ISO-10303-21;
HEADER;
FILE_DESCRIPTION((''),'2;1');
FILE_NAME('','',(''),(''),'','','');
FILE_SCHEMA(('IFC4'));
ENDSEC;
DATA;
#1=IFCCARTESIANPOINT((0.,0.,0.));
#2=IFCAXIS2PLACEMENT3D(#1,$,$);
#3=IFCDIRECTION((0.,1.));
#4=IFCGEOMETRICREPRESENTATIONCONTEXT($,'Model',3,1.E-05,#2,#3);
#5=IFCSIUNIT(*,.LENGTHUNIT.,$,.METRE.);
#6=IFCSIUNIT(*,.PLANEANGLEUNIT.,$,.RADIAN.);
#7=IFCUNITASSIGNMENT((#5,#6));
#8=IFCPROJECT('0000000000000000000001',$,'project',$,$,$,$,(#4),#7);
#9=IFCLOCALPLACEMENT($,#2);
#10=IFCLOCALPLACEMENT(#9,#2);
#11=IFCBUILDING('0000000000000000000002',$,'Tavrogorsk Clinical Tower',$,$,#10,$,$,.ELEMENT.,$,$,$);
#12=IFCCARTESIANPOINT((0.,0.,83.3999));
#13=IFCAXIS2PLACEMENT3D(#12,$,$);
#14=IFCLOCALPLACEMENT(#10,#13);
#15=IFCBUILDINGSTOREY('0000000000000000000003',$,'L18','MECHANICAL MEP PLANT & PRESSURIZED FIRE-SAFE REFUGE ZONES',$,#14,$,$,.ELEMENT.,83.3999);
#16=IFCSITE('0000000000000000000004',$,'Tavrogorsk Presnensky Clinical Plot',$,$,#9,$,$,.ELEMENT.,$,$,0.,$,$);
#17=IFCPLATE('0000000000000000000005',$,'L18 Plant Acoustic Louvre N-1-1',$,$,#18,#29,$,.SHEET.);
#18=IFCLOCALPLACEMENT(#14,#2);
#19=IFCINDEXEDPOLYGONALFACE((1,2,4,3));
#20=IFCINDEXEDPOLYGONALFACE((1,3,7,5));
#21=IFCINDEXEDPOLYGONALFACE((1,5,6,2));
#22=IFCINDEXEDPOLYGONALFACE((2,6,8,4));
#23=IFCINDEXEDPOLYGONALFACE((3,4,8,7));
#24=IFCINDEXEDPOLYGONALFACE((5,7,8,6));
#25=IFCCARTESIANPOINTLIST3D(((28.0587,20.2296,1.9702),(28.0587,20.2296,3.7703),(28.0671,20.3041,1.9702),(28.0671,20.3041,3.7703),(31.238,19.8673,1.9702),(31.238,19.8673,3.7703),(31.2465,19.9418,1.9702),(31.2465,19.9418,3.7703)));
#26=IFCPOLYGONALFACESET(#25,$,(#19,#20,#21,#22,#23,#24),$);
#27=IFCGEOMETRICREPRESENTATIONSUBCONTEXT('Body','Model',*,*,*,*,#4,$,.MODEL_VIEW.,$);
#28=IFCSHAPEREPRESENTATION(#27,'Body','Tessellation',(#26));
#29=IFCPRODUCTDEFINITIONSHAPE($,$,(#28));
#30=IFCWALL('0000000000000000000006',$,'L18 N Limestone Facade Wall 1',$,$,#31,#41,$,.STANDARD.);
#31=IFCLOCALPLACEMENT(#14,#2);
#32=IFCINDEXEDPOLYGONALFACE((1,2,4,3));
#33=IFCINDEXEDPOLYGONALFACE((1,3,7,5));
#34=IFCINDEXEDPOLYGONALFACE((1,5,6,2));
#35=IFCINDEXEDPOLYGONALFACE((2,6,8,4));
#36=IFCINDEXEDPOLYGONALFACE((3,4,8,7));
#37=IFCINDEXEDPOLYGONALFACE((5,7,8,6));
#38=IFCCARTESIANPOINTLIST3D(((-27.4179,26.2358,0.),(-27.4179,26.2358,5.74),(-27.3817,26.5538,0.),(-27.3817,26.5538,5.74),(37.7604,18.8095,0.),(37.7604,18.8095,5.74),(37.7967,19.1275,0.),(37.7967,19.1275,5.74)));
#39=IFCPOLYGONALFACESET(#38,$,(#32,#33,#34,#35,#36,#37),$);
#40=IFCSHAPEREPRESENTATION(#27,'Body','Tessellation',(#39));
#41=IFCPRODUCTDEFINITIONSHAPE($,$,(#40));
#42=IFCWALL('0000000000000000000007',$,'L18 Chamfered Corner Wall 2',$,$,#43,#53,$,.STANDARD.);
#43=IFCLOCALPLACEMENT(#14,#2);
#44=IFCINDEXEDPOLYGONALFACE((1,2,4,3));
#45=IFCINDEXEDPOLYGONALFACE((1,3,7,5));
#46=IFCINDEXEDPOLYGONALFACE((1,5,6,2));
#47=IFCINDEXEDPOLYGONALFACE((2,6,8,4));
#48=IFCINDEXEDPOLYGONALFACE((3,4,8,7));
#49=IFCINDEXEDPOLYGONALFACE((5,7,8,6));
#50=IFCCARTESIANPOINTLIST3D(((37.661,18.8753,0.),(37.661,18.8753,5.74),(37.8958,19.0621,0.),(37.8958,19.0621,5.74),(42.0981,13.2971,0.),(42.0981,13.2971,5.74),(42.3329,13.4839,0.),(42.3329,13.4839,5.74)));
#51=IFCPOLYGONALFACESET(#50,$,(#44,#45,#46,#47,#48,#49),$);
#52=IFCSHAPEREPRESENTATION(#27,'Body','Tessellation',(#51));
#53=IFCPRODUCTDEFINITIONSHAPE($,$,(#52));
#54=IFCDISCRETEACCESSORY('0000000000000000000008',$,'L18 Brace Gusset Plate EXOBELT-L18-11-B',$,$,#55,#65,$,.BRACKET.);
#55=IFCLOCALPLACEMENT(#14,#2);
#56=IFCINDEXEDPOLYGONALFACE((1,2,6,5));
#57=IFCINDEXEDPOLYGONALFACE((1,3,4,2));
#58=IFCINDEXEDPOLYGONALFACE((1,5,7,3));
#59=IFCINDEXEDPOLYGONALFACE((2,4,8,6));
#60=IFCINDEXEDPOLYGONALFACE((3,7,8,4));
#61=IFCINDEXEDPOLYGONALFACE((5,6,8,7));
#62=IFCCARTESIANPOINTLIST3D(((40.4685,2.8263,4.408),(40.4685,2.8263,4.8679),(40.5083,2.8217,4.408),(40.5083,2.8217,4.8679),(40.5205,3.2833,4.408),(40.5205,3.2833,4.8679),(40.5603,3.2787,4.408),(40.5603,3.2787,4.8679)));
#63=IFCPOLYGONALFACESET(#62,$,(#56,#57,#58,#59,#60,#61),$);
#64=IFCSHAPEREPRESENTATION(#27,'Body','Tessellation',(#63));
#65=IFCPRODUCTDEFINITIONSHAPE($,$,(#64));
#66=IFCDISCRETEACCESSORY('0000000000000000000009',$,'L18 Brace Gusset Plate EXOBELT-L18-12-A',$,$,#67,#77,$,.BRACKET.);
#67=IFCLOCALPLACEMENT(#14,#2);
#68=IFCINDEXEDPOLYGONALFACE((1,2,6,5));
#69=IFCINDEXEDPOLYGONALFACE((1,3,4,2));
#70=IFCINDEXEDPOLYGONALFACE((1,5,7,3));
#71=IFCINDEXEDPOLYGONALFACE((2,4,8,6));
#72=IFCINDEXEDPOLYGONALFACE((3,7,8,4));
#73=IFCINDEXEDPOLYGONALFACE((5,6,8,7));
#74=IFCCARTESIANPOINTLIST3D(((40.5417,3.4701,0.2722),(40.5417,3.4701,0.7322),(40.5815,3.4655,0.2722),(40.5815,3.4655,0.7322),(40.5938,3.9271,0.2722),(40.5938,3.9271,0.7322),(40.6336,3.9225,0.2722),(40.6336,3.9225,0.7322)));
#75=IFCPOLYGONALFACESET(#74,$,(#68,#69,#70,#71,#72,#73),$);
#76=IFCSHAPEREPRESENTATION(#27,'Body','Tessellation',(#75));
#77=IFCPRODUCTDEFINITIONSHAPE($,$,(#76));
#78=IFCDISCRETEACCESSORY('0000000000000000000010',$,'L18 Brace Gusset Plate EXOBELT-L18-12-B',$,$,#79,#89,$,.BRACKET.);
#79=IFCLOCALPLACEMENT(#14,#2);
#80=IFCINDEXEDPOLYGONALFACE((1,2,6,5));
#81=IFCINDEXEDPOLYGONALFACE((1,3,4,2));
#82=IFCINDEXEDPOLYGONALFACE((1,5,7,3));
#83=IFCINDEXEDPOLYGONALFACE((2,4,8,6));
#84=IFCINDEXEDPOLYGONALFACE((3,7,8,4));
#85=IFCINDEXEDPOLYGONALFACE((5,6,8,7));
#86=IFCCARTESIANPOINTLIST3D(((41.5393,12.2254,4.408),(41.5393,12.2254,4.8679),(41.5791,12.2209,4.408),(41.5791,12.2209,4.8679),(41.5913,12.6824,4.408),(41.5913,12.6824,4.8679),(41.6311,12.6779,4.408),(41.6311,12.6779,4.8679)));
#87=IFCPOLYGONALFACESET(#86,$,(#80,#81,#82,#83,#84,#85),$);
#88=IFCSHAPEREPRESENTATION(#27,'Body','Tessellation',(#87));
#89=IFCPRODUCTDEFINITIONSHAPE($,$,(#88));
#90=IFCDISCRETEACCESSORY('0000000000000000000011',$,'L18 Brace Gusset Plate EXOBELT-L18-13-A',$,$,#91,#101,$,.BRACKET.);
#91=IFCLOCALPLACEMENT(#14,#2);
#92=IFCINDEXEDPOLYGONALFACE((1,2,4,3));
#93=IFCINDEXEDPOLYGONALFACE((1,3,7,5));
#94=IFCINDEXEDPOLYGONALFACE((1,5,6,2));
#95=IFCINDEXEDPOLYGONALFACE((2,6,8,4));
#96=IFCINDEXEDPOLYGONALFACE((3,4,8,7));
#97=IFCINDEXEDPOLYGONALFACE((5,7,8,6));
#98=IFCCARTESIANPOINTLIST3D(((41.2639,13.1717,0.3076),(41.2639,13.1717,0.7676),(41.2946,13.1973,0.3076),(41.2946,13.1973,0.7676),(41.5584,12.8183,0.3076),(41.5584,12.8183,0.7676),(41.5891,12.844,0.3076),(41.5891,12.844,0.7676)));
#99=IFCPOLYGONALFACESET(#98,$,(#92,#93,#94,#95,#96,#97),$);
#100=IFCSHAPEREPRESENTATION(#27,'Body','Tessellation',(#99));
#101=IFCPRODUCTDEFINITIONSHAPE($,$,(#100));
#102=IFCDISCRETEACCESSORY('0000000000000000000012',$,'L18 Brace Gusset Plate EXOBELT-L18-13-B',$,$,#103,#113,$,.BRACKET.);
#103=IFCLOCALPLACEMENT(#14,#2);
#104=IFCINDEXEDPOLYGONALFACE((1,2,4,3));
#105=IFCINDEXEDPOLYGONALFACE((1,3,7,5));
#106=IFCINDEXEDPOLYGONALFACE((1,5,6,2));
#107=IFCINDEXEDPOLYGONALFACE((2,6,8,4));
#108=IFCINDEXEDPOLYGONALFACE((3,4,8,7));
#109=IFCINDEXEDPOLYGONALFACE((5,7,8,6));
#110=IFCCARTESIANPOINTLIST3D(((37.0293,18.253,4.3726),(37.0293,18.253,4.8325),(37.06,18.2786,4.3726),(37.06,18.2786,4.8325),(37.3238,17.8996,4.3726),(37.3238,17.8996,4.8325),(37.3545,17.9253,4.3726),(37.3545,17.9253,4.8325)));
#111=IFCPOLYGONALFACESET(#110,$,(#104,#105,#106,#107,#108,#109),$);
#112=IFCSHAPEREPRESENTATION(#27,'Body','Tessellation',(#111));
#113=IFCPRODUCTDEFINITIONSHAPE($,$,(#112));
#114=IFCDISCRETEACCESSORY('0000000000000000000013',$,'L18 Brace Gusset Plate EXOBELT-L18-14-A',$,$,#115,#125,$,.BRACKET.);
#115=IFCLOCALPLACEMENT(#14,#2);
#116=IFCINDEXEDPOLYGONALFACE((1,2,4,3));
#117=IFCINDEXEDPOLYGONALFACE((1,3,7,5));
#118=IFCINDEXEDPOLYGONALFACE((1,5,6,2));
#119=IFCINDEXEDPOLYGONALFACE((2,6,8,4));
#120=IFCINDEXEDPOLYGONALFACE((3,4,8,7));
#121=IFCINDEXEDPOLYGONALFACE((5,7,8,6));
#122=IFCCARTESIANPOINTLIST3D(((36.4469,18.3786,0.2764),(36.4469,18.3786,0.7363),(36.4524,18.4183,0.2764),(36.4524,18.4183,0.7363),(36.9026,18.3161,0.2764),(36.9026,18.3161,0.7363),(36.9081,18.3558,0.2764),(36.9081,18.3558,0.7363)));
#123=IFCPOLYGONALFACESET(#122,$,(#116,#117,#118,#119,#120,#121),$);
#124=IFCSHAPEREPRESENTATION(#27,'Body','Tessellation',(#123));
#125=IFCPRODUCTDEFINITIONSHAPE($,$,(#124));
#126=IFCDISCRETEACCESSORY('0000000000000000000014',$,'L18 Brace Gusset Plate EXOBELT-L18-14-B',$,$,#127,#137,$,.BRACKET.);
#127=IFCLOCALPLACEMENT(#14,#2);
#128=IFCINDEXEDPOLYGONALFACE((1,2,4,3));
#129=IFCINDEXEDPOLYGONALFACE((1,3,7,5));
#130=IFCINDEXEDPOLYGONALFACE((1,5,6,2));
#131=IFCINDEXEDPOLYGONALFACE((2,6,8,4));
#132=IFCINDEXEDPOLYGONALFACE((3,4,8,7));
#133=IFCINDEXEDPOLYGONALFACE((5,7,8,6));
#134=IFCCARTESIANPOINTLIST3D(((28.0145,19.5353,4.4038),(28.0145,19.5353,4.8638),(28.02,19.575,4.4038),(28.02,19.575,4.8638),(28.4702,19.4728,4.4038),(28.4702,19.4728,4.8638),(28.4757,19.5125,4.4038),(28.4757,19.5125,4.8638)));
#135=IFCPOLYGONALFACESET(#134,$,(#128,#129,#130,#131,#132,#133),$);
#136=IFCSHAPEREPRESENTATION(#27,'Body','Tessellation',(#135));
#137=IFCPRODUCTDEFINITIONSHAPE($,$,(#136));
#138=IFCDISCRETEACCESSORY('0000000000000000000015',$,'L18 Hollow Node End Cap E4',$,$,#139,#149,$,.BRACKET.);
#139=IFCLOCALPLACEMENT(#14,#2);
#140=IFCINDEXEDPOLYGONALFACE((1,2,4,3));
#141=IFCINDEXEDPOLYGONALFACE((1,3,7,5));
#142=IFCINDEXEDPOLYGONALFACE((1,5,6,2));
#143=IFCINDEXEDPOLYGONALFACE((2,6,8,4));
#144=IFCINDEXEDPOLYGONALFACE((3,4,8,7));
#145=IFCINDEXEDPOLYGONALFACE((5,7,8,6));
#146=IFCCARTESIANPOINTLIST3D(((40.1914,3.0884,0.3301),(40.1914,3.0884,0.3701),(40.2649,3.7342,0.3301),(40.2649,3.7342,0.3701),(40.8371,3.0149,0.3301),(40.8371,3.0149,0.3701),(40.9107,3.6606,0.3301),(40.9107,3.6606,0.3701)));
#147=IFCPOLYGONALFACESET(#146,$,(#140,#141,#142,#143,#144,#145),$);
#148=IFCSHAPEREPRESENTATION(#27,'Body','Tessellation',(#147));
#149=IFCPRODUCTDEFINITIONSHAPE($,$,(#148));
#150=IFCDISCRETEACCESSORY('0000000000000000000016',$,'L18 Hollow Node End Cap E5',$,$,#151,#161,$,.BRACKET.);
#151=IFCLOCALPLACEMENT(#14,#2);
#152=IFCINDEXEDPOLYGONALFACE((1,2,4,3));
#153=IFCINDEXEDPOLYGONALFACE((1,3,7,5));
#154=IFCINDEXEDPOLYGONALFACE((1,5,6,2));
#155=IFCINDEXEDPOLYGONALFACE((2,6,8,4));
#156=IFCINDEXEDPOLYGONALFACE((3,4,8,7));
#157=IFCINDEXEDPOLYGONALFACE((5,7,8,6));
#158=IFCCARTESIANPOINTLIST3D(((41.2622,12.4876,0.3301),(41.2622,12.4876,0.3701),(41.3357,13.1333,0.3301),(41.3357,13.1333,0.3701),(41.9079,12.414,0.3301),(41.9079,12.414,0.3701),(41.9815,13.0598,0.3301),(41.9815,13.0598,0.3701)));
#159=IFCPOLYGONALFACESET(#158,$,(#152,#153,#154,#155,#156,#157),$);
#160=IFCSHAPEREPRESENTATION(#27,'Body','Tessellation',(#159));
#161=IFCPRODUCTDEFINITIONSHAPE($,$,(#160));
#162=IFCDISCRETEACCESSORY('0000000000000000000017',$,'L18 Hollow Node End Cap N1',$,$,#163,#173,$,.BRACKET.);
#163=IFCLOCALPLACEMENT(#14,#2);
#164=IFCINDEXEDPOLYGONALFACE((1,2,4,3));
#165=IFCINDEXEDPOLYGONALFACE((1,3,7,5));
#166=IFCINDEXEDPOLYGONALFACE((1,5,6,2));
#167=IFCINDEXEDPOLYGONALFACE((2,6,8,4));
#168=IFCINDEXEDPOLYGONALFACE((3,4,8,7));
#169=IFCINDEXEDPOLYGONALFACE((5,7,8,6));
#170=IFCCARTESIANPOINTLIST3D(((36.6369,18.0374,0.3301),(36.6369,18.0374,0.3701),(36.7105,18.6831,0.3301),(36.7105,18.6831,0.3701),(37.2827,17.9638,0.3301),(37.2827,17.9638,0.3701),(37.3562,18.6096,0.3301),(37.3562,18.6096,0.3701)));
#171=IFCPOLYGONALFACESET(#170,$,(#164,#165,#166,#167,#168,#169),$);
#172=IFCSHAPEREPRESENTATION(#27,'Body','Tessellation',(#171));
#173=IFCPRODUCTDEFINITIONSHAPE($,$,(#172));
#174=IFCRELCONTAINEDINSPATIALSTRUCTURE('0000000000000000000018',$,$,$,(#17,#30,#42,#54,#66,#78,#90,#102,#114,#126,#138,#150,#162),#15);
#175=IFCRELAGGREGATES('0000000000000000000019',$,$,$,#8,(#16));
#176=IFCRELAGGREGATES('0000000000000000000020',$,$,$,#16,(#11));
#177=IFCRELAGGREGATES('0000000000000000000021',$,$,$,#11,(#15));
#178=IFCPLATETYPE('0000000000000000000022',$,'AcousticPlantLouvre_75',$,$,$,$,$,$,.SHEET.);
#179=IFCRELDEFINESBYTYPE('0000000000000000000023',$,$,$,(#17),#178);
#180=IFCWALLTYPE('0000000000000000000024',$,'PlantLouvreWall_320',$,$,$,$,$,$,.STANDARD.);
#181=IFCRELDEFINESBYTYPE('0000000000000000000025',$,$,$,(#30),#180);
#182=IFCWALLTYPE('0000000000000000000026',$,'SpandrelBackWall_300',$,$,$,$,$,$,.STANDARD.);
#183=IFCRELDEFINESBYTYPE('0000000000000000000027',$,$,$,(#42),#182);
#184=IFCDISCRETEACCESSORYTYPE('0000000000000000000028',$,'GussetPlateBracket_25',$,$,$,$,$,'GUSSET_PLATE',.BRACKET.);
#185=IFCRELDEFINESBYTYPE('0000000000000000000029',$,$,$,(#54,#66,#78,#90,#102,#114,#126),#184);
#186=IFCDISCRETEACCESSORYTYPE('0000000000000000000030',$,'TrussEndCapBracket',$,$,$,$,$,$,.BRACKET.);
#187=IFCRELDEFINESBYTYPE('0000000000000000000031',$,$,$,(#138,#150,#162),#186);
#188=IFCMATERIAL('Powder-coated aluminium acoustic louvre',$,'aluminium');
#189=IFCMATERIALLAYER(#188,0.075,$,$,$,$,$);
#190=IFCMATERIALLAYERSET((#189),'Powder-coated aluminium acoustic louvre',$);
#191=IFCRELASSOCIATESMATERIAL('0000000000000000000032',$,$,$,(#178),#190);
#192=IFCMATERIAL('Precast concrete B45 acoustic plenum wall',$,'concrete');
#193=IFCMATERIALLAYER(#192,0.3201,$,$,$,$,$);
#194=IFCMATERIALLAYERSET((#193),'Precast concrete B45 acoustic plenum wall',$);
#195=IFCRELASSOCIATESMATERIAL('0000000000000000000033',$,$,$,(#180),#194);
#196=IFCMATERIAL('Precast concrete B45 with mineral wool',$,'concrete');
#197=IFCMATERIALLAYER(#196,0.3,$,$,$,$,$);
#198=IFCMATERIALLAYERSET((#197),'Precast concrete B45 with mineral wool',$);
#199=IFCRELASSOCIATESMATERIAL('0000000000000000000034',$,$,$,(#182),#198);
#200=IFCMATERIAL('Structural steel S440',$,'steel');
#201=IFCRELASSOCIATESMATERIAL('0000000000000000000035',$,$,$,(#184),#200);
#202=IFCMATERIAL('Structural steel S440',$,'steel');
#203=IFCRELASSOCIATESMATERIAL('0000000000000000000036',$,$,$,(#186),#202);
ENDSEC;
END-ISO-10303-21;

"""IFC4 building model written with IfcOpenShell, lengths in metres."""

from ifc_helpers import new_model, si_unit, direction, frame, frame_2d, origin, origin_2d, place, context, subcontext, project, spatial, rectangle, extrude, material, layer, layer_set, type_object, element, save


model = new_model("IFC4")

# Units and contexts
model_context = context("Model", 3, precision=1e-05, world=origin(), true_north=direction((0.0, 1.0)))
body_context = subcontext(model_context, "Body", "Model", "MODEL_VIEW")
ifc_project = project(units=[si_unit("LENGTHUNIT", "METRE"), si_unit("PLANEANGLEUNIT", "RADIAN")], contexts=[model_context])

# Site, building, storey
site_placement = place(None, origin())
site = spatial("IfcSite", under=ifc_project, at=site_placement, Name="Tavrogorsk Presnensky Clinical Plot", CompositionType="ELEMENT", RefElevation=0.0)
building_placement = place(site_placement, origin())
building = spatial("IfcBuilding", under=site, at=building_placement, Name="Tavrogorsk Clinical Tower", CompositionType="ELEMENT")
storey_placement = place(building_placement, frame((0.0, 0.0, 83.3999)))
storey = spatial("IfcBuildingStorey", under=building, at=storey_placement, Name="L18", Description="MECHANICAL MEP PLANT & PRESSURIZED FIRE-SAFE REFUGE ZONES", CompositionType="ELEMENT", Elevation=83.3999)

# Plate
ifc_material_1 = material(Name="Powder-coated aluminium acoustic louvre", Category="aluminium")
ifc_layer_1 = layer(ifc_material_1, 0.075)
ifc_layer_set_1 = layer_set([ifc_layer_1], Name="Powder-coated aluminium acoustic louvre")
plate_type = type_object("IfcPlateType", Name="AcousticPlantLouvre_75", PredefinedType="SHEET", material=ifc_layer_set_1)
plate_placement = place(storey_placement, frame((29.6526, 20.0857, 1.9702), z_axis=(0.0, 0.0, 1.0), x_axis=(-0.993572, 0.113204, 0.0)))
element("IfcPlate", 1, at=plate_placement, inside=storey, type_object=plate_type, Name="L18 Plant Acoustic Louvre N-1-1", PredefinedType="SHEET", context=body_context, shape_type="SweptSolid", body=[
    extrude(rectangle(XDim=3.2, YDim=0.075, at=origin_2d()), origin(), (0.0, 0.0, 1.0), 1.8),
])

# Walls
ifc_material_2 = material(Name="Precast concrete B45 acoustic plenum wall", Category="concrete")
ifc_layer_2 = layer(ifc_material_2, 0.3201)
ifc_layer_set_2 = layer_set([ifc_layer_2], Name="Precast concrete B45 acoustic plenum wall")
wall_type_1 = type_object("IfcWallType", Name="PlantLouvreWall_320", PredefinedType="STANDARD", material=ifc_layer_set_2)
wall_1_placement = place(storey_placement, frame((37.7786, 18.9685, 0.0), z_axis=(0.0, 0.0, 1.0), x_axis=(-0.993572, 0.113205, 0.0)))
element("IfcWall", 2, at=wall_1_placement, inside=storey, type_object=wall_type_1, Name="L18 N Limestone Facade Wall 1", PredefinedType="STANDARD", context=body_context, shape_type="SweptSolid", body=[
    extrude(rectangle(XDim=65.6001, YDim=0.3201, at=frame_2d((32.8, 0.0))), origin(), (0.0, 0.0, 1.0), 5.74),
])
ifc_material_3 = material(Name="Precast concrete B45 with mineral wool", Category="concrete")
ifc_layer_3 = layer(ifc_material_3, 0.3)
ifc_layer_set_3 = layer_set([ifc_layer_3], Name="Precast concrete B45 with mineral wool")
wall_type_2 = type_object("IfcWallType", Name="SpandrelBackWall_300", PredefinedType="STANDARD", material=ifc_layer_set_3)
wall_2_placement = place(storey_placement, frame((42.2156, 13.3904, 0.0), z_axis=(0.0, 0.0, 1.0), x_axis=(-0.622512, 0.78261, 0.0)))
element("IfcWall", 3, at=wall_2_placement, inside=storey, type_object=wall_type_2, Name="L18 Chamfered Corner Wall 2", PredefinedType="STANDARD", context=body_context, shape_type="SweptSolid", body=[
    extrude(rectangle(XDim=7.1277, YDim=0.3, at=frame_2d((3.564, 0.0))), origin(), (0.0, 0.0, 1.0), 5.74),
])

# Discrete accessories
ifc_material_4 = material(Name="Structural steel S440", Category="steel")
discrete_accessory_type_1 = type_object("IfcDiscreteAccessoryType", Name="GussetPlateBracket_25", ElementType="GUSSET_PLATE", PredefinedType="BRACKET", material=ifc_material_4)
for number, where, z_axis, x_axis, name in (
    (4, (40.5144, 3.0525, 4.408), (0.0, 0.0, 1.0), (0.113203, 0.993572, 0.0), "L18 Brace Gusset Plate EXOBELT-L18-11-B"),
    (5, (40.5876, 3.6963, 0.2722), (0.0, 0.0, 1.0), (0.113203, 0.993572, 0.0), "L18 Brace Gusset Plate EXOBELT-L18-12-A"),
    (6, (41.5852, 12.4517, 4.408), (0.0, 0.0, 1.0), (0.113203, 0.993572, 0.0), "L18 Brace Gusset Plate EXOBELT-L18-12-B"),
    (7, (41.4265, 13.0078, 0.3076), (0.0, 0.0, 1.0), (-0.640244, 0.768172, 0.0), "L18 Brace Gusset Plate EXOBELT-L18-13-A"),
    (8, (37.1919, 18.0891, 4.3726), (0.0, 0.0, 1.0), (-0.640244, 0.768172, 0.0), "L18 Brace Gusset Plate EXOBELT-L18-13-B"),
    (9, (36.6775, 18.3672, 0.2764), (0.0, 0.0, 1.0), (-0.990724, 0.135888, 0.0), "L18 Brace Gusset Plate EXOBELT-L18-14-A"),
    (10, (28.2451, 19.5239, 4.4038), (0.0, 0.0, 1.0), (-0.990724, 0.135888, 0.0), "L18 Brace Gusset Plate EXOBELT-L18-14-B"),
):
    element("IfcDiscreteAccessory", number, at=place(storey_placement, frame(where, z_axis=z_axis, x_axis=x_axis)), inside=storey, type_object=discrete_accessory_type_1, Name=name, PredefinedType="BRACKET", context=body_context, shape_type="SweptSolid", body=[
        extrude(rectangle(XDim=0.46, YDim=0.04, at=origin_2d()), origin(), (0.0, 0.0, 1.0), 0.46),
    ])
ifc_material_5 = material(Name="Structural steel S440", Category="steel")
discrete_accessory_type_2 = type_object("IfcDiscreteAccessoryType", Name="TrussEndCapBracket", PredefinedType="BRACKET", material=ifc_material_5)
for number, where, z_axis, x_axis, name in (
    (11, (40.551, 3.3745, 0.3301), (0.0, 0.0, 1.0), (0.993572, -0.113203, 0.0), "L18 Hollow Node End Cap E4"),
    (12, (41.6218, 12.7737, 0.3301), (0.0, 0.0, 1.0), (0.993572, -0.113203, 0.0), "L18 Hollow Node End Cap E5"),
    (13, (36.9966, 18.3235, 0.3301), (0.0, 0.0, 1.0), (0.993572, -0.113203, 0.0), "L18 Hollow Node End Cap N1"),
):
    element("IfcDiscreteAccessory", number, at=place(storey_placement, frame(where, z_axis=z_axis, x_axis=x_axis)), inside=storey, type_object=discrete_accessory_type_2, Name=name, PredefinedType="BRACKET", context=body_context, shape_type="SweptSolid", body=[
        extrude(rectangle(XDim=0.6499, YDim=0.6499, at=origin_2d()), origin(), (0.0, 0.0, 1.0), 0.04),
    ])

save(model, "model.ifc")
